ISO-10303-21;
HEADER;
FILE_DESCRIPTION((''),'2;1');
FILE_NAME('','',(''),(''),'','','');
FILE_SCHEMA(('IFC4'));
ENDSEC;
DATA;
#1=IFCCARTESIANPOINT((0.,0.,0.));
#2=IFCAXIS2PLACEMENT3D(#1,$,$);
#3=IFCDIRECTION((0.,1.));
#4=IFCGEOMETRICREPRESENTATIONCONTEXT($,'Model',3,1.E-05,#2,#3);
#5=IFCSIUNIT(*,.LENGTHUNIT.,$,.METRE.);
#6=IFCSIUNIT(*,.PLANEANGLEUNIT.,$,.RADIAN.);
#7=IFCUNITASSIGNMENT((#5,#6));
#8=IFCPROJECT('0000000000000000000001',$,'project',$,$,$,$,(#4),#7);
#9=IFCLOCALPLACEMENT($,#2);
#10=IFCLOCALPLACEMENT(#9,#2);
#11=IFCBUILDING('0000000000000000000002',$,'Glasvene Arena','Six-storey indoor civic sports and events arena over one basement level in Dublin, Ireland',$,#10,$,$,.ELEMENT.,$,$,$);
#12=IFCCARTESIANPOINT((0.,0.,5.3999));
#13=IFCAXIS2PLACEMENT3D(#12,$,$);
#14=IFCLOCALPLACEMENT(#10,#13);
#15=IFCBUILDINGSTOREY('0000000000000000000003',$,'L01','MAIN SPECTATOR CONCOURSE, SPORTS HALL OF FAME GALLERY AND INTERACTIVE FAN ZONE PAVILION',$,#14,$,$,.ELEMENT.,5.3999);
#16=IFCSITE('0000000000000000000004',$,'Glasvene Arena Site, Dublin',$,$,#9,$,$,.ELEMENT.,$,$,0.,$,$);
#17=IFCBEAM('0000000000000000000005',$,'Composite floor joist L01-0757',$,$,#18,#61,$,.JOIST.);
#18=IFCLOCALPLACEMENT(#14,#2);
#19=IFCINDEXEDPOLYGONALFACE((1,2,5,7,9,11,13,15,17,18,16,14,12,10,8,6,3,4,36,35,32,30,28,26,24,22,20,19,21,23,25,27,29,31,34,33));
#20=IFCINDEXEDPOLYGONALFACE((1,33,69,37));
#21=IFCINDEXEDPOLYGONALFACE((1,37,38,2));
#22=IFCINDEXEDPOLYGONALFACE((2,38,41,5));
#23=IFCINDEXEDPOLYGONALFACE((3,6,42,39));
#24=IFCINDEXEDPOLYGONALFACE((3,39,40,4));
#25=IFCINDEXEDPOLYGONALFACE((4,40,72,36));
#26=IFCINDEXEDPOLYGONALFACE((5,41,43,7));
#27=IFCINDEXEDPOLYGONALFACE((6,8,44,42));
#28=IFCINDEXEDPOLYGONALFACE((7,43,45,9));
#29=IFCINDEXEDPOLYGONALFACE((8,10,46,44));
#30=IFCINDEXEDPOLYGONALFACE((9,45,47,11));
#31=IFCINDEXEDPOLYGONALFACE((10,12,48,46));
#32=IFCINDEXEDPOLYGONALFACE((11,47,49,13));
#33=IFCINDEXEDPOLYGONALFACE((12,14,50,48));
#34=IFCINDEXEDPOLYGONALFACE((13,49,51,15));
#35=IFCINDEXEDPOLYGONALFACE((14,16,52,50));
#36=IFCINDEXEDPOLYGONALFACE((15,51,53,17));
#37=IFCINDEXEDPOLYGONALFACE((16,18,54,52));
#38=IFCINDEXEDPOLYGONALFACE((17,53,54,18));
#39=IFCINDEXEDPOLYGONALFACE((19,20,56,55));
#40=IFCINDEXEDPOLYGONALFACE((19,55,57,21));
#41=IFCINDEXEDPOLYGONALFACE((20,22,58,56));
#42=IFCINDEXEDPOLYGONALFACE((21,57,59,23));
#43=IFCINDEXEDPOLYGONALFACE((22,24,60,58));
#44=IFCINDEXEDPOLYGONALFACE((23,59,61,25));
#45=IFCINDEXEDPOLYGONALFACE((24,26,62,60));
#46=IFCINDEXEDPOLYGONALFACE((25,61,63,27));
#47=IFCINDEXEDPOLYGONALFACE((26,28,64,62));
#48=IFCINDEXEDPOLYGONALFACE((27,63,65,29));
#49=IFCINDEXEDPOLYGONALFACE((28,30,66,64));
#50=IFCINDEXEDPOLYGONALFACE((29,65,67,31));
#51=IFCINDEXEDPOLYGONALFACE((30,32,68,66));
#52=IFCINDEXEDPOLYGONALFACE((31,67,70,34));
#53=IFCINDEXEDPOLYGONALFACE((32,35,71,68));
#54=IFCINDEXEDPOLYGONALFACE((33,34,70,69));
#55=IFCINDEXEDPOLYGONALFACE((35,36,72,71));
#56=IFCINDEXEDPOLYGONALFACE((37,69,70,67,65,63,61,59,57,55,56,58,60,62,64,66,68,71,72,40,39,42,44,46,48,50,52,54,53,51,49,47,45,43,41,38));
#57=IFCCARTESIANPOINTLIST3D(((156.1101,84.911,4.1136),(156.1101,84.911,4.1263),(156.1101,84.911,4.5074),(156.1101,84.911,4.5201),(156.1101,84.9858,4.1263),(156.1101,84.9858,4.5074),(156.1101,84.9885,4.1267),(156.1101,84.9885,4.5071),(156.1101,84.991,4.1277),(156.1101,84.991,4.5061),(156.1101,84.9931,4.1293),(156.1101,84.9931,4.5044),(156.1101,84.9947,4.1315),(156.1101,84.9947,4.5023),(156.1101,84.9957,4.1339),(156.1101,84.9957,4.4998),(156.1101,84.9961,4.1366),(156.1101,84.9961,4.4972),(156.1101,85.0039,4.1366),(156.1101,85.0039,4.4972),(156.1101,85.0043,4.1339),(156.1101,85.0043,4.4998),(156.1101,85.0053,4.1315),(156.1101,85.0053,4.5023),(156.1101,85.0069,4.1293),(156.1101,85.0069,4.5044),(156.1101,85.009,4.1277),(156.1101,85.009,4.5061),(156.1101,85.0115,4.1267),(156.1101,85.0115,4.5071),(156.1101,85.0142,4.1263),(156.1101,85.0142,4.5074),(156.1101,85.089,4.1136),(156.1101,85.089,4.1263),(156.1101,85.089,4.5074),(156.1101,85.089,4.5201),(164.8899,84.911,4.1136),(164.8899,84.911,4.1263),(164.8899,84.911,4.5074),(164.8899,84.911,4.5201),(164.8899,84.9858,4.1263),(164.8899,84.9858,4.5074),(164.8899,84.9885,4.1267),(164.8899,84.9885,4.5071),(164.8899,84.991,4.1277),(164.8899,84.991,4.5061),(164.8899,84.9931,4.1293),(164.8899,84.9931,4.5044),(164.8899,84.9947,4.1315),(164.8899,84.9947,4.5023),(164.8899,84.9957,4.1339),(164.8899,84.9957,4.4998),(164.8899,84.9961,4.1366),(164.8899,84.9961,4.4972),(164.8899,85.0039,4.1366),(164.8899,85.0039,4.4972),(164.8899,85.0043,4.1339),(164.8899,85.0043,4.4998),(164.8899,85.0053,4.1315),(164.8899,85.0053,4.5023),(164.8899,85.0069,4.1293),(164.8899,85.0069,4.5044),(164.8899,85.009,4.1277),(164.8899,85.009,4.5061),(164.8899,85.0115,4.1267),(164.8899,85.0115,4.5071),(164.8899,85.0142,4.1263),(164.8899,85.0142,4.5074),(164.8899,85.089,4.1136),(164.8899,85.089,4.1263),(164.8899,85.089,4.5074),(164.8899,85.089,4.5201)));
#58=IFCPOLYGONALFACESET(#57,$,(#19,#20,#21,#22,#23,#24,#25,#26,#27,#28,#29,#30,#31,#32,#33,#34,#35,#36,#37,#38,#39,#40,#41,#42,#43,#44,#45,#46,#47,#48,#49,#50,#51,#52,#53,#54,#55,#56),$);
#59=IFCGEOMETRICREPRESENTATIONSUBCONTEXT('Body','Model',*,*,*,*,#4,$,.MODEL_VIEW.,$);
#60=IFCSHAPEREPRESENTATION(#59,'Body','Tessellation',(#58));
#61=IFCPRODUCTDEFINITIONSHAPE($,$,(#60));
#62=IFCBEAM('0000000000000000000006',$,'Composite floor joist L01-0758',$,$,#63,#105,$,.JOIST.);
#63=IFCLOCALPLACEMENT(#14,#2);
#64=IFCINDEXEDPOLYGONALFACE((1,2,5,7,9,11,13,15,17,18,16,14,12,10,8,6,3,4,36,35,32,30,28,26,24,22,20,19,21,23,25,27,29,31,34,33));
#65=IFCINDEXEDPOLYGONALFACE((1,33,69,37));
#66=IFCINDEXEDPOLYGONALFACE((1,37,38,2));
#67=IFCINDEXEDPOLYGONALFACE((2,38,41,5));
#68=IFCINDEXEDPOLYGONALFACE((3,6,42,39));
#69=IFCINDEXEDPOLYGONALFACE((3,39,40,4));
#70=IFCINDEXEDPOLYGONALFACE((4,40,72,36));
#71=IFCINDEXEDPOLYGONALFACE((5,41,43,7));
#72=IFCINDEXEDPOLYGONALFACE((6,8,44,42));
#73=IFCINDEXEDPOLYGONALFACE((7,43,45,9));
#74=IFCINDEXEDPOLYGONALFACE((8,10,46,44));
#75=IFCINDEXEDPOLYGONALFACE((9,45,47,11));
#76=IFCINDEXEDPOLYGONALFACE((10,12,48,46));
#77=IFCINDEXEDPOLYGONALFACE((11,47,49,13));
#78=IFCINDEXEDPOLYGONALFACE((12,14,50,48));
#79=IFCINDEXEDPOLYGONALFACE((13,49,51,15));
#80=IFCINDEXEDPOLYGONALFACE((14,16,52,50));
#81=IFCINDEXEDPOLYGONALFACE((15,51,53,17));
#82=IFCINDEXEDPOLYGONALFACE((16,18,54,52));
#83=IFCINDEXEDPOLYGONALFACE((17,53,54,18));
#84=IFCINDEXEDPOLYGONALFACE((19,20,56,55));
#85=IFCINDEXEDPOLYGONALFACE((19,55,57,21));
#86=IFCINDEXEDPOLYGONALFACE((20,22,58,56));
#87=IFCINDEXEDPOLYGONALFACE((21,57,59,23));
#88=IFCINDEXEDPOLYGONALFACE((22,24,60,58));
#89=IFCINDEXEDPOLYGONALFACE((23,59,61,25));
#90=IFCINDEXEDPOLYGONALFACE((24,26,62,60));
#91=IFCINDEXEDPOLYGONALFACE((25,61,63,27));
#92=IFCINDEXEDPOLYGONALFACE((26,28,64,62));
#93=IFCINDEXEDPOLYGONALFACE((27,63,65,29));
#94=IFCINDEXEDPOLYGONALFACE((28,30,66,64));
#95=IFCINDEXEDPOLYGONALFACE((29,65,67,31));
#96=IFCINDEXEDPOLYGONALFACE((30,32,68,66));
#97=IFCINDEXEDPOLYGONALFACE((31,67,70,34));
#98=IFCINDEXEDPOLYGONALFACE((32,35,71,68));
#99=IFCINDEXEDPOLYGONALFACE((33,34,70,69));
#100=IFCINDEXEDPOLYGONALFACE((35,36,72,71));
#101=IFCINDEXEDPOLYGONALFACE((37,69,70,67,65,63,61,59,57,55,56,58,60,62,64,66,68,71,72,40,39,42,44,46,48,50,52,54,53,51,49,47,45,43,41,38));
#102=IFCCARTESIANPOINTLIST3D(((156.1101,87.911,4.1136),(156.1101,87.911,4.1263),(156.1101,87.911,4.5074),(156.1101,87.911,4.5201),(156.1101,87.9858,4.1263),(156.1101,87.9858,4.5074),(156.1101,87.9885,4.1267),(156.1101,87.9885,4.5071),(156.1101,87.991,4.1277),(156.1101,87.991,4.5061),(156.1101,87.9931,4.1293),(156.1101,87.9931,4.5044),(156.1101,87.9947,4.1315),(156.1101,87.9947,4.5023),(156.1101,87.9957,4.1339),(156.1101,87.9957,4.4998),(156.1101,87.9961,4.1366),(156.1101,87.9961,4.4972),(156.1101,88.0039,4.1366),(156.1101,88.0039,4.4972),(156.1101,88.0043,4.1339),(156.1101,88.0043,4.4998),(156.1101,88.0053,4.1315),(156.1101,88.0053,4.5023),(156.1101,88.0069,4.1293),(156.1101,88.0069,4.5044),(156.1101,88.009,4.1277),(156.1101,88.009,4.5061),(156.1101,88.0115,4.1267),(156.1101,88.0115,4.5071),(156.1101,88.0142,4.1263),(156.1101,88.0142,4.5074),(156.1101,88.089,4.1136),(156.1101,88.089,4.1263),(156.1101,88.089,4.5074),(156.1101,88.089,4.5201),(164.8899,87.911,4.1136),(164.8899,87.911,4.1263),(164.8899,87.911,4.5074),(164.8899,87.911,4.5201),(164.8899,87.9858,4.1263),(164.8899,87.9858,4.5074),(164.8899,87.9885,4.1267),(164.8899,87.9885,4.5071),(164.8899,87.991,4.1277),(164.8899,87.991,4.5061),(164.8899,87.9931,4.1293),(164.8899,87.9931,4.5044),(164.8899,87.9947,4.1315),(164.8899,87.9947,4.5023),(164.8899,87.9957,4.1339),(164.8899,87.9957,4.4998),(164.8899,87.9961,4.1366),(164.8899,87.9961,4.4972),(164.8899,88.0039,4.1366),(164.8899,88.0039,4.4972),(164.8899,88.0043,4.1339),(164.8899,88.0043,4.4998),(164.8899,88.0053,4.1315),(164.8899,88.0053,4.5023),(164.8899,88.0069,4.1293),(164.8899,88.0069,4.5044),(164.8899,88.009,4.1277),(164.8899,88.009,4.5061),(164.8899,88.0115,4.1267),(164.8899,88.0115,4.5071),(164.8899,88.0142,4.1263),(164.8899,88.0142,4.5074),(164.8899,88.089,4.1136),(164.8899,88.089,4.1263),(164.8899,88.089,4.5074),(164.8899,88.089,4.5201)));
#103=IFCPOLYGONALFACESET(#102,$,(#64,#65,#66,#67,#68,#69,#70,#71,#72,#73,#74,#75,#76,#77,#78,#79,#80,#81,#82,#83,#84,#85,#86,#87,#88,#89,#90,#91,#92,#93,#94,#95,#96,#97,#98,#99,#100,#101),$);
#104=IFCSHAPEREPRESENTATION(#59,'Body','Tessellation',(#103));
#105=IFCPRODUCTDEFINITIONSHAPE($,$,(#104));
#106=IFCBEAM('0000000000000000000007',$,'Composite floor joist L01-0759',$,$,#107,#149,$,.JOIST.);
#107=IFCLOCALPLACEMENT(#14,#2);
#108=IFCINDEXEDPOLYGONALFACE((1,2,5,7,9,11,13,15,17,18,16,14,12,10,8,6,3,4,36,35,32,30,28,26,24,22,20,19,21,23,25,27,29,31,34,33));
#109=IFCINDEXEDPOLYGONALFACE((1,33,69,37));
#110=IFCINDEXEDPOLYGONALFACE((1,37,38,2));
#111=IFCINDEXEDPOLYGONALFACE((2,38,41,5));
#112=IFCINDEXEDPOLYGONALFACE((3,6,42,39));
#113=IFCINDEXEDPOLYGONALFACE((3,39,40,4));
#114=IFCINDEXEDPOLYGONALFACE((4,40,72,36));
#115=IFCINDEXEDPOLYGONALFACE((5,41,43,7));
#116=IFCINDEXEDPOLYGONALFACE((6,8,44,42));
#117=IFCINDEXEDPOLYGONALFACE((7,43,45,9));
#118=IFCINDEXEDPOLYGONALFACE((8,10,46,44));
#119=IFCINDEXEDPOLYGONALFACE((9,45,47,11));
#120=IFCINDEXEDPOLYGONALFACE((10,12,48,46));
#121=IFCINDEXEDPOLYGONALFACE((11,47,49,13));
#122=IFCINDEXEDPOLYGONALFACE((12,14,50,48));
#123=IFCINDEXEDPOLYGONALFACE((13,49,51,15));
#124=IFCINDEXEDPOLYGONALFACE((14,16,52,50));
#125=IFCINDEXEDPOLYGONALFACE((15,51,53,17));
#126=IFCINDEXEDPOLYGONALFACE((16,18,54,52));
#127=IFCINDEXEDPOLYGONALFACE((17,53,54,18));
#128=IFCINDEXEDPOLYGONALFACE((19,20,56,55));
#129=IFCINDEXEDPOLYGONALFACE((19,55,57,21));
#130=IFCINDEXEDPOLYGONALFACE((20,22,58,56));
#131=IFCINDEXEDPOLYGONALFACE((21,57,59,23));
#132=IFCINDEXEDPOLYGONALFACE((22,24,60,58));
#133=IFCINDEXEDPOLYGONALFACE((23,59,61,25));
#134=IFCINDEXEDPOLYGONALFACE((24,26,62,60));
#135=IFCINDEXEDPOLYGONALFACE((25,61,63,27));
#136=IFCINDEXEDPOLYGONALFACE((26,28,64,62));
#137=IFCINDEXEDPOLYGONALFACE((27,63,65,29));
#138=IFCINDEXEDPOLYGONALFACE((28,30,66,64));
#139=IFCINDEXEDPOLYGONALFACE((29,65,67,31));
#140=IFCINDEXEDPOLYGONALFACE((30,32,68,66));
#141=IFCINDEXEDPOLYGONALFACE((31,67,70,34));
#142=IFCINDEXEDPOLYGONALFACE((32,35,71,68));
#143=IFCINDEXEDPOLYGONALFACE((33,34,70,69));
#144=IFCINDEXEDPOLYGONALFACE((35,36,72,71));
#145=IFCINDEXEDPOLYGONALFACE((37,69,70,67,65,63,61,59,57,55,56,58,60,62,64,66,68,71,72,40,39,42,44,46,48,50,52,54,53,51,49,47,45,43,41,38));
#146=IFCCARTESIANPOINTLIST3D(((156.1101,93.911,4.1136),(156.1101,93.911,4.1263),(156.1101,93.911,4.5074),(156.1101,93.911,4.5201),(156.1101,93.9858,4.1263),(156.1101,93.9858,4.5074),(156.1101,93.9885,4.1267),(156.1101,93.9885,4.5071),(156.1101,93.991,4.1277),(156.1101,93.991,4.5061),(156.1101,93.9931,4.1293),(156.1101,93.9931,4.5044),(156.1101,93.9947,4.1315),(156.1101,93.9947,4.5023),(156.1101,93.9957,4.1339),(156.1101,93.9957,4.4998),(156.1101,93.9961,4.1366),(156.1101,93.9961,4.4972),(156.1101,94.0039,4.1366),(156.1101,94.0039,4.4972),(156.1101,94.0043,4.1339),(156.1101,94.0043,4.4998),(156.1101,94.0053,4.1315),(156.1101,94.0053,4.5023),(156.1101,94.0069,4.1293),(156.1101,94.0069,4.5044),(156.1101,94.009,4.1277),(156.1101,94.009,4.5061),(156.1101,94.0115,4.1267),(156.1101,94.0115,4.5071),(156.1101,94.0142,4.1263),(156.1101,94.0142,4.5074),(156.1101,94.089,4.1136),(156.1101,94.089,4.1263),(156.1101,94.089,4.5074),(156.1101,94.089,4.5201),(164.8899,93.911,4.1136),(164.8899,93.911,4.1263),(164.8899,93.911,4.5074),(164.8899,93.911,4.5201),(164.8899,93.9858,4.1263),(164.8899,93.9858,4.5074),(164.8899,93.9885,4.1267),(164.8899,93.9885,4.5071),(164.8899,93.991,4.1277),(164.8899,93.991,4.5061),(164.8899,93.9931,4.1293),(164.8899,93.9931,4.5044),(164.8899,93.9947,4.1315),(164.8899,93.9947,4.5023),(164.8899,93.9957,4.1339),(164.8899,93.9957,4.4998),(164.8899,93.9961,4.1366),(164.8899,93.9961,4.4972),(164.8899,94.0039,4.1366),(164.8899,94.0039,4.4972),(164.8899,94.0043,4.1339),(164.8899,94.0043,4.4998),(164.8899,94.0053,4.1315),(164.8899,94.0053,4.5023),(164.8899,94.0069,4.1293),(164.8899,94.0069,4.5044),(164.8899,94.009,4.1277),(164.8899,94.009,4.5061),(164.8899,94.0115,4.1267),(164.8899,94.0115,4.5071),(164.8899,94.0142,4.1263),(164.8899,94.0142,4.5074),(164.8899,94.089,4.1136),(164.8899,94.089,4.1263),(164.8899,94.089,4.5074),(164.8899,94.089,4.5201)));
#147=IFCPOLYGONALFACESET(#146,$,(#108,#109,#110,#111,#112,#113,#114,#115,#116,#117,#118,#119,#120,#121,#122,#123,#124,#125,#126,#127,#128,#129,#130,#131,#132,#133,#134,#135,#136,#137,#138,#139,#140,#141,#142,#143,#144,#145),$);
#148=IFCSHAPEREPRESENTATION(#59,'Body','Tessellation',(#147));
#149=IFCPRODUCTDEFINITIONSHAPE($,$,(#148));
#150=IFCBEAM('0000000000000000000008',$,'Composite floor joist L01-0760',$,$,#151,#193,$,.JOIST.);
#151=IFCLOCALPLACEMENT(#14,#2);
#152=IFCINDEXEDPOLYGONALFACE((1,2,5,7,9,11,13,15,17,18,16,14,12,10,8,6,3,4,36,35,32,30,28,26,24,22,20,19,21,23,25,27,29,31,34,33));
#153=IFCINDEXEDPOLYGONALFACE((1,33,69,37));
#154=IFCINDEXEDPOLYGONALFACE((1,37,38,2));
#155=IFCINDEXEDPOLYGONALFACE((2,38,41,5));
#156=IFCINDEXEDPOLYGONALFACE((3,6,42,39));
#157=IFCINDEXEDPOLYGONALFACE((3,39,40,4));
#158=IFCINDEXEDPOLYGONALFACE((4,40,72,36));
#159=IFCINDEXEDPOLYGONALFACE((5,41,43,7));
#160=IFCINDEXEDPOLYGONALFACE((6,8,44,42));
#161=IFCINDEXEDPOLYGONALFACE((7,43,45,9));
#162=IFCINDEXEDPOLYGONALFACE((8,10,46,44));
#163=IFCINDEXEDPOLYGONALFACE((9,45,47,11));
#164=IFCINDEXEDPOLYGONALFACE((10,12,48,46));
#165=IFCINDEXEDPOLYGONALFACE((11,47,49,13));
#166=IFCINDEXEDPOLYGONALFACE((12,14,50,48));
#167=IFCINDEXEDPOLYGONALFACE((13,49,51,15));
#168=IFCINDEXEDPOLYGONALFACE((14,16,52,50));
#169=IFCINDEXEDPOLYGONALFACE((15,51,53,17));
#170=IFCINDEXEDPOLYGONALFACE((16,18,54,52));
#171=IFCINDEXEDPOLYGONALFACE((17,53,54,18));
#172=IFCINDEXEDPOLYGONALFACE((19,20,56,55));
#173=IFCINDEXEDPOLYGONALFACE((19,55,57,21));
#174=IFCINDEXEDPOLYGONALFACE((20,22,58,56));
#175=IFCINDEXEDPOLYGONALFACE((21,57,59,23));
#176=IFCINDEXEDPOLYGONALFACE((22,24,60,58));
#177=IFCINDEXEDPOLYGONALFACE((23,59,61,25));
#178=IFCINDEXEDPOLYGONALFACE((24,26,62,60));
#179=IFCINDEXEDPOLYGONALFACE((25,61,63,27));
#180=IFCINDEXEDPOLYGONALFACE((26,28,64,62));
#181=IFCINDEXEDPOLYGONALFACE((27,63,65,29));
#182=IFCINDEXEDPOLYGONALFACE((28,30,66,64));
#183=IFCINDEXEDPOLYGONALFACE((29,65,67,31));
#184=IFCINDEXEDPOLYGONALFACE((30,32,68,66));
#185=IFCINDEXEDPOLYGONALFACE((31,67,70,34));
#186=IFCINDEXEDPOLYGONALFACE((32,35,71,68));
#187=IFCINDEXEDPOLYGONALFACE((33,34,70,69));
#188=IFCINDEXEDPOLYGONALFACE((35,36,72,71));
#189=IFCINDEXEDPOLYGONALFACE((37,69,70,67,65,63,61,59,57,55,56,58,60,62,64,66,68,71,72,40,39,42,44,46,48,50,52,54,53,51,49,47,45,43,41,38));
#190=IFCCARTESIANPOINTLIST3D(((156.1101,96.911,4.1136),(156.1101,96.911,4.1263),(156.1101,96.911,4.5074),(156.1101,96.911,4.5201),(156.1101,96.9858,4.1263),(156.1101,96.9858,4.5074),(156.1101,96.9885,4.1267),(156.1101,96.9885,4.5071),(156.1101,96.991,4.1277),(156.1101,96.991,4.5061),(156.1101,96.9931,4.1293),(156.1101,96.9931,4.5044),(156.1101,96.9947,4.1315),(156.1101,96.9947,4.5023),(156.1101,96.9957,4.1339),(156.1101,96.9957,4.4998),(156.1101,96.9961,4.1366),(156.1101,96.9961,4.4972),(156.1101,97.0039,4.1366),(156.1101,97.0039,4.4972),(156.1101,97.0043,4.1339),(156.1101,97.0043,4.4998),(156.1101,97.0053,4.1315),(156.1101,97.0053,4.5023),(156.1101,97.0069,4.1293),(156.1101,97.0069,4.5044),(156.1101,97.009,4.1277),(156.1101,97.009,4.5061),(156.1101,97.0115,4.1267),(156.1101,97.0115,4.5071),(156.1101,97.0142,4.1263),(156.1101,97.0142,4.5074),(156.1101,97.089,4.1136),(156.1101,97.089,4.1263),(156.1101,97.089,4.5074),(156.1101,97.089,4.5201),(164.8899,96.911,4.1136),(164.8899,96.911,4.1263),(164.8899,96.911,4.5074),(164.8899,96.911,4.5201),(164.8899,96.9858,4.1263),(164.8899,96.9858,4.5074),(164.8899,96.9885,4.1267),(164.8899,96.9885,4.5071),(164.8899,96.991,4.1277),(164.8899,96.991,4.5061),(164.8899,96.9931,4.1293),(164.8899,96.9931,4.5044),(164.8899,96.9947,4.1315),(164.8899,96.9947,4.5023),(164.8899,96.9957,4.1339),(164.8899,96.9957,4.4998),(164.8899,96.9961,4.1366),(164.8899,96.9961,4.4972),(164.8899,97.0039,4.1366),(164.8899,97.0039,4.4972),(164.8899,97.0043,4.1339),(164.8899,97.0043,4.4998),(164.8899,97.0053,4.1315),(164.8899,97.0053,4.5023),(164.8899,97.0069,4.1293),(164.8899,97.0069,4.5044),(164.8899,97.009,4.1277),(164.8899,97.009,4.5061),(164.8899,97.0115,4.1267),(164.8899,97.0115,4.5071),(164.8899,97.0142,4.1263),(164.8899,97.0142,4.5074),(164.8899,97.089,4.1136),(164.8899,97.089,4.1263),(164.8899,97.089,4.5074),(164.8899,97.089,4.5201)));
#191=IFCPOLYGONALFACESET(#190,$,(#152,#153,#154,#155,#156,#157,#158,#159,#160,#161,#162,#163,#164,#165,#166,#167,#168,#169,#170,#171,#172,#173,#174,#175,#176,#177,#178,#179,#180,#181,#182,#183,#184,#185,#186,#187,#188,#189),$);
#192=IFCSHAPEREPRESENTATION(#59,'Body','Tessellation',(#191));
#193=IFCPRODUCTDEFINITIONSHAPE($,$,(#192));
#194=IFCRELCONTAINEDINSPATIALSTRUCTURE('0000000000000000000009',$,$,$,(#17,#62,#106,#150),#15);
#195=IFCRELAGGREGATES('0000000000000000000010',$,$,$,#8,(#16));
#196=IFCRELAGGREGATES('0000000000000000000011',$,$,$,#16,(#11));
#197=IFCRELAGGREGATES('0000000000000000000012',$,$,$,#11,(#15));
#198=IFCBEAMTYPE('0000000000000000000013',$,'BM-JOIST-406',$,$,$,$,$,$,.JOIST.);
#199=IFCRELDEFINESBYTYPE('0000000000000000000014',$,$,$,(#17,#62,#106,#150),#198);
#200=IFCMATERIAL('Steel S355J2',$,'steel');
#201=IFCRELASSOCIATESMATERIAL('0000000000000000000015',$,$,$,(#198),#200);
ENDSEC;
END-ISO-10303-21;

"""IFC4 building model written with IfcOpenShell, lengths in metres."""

from ifc_helpers import new_model, si_unit, direction, frame, origin, origin_2d, place, context, subcontext, project, spatial, i_section, extrude, material, material_profile, profile_set, type_object, element, save


model = new_model("IFC4")

# Units and contexts
model_context = context("Model", 3, precision=1e-05, world=origin(), true_north=direction((0.0, 1.0)))
body_context = subcontext(model_context, "Body", "Model", "MODEL_VIEW")
ifc_project = project(units=[si_unit("LENGTHUNIT", "METRE"), si_unit("PLANEANGLEUNIT", "RADIAN")], contexts=[model_context])

# Site, building, storey
site_placement = place(None, origin())
site = spatial("IfcSite", under=ifc_project, at=site_placement, Name="Glasvene Arena Site, Dublin", CompositionType="ELEMENT", RefElevation=0.0)
building_placement = place(site_placement, origin())
building = spatial("IfcBuilding", under=site, at=building_placement, Name="Glasvene Arena", Description="Six-storey indoor civic sports and events arena over one basement level in Dublin, Ireland", CompositionType="ELEMENT")
storey_placement = place(building_placement, frame((0.0, 0.0, 5.3999)))
storey = spatial("IfcBuildingStorey", under=building, at=storey_placement, Name="L01", Description="MAIN SPECTATOR CONCOURSE, SPORTS HALL OF FAME GALLERY AND INTERACTIVE FAN ZONE PAVILION", CompositionType="ELEMENT", Elevation=5.3999)

# Shared definitions
ifc_material_1 = material(Name="Steel S355J2", Category="steel")

# Beams
ifc_material_profile_1 = material_profile(ifc_material_1, i_section(OverallWidth=0.178, OverallDepth=0.4065, WebThickness=0.0078, FlangeThickness=0.0127, FilletRadius=0.0103, at=origin_2d()), Name="UKB 406x178x60")
ifc_profile_set_1 = profile_set([ifc_material_profile_1], Name="Steel S355J2")
beam_type_1 = type_object("IfcBeamType", Name="BM-JOIST-406", PredefinedType="JOIST", material=ifc_profile_set_1)
for number, where, z_axis, x_axis, name in (
    (1, (156.1101, 85.0, 4.3169), (1.0, 0.0, 0.0), (0.0, 1.0, 0.0), "Composite floor joist L01-0757"),
    (2, (156.1101, 88.0, 4.3169), (1.0, 0.0, 0.0), (0.0, 1.0, 0.0), "Composite floor joist L01-0758"),
    (3, (156.1101, 94.0, 4.3169), (1.0, 0.0, 0.0), (0.0, 1.0, 0.0), "Composite floor joist L01-0759"),
    (4, (156.1101, 97.0, 4.3169), (1.0, 0.0, 0.0), (0.0, 1.0, 0.0), "Composite floor joist L01-0760"),
):
    element("IfcBeam", number, at=place(storey_placement, frame(where, z_axis=z_axis, x_axis=x_axis)), inside=storey, type_object=beam_type_1, Name=name, PredefinedType="JOIST", context=body_context, shape_type="SweptSolid", body=[
        extrude(i_section(OverallWidth=0.178, OverallDepth=0.4065, WebThickness=0.0078, FlangeThickness=0.0127, FilletRadius=0.0103, at=origin_2d()), origin(), (0.0, 0.0, 1.0), 8.7798),
    ])

save(model, "model.ifc")
